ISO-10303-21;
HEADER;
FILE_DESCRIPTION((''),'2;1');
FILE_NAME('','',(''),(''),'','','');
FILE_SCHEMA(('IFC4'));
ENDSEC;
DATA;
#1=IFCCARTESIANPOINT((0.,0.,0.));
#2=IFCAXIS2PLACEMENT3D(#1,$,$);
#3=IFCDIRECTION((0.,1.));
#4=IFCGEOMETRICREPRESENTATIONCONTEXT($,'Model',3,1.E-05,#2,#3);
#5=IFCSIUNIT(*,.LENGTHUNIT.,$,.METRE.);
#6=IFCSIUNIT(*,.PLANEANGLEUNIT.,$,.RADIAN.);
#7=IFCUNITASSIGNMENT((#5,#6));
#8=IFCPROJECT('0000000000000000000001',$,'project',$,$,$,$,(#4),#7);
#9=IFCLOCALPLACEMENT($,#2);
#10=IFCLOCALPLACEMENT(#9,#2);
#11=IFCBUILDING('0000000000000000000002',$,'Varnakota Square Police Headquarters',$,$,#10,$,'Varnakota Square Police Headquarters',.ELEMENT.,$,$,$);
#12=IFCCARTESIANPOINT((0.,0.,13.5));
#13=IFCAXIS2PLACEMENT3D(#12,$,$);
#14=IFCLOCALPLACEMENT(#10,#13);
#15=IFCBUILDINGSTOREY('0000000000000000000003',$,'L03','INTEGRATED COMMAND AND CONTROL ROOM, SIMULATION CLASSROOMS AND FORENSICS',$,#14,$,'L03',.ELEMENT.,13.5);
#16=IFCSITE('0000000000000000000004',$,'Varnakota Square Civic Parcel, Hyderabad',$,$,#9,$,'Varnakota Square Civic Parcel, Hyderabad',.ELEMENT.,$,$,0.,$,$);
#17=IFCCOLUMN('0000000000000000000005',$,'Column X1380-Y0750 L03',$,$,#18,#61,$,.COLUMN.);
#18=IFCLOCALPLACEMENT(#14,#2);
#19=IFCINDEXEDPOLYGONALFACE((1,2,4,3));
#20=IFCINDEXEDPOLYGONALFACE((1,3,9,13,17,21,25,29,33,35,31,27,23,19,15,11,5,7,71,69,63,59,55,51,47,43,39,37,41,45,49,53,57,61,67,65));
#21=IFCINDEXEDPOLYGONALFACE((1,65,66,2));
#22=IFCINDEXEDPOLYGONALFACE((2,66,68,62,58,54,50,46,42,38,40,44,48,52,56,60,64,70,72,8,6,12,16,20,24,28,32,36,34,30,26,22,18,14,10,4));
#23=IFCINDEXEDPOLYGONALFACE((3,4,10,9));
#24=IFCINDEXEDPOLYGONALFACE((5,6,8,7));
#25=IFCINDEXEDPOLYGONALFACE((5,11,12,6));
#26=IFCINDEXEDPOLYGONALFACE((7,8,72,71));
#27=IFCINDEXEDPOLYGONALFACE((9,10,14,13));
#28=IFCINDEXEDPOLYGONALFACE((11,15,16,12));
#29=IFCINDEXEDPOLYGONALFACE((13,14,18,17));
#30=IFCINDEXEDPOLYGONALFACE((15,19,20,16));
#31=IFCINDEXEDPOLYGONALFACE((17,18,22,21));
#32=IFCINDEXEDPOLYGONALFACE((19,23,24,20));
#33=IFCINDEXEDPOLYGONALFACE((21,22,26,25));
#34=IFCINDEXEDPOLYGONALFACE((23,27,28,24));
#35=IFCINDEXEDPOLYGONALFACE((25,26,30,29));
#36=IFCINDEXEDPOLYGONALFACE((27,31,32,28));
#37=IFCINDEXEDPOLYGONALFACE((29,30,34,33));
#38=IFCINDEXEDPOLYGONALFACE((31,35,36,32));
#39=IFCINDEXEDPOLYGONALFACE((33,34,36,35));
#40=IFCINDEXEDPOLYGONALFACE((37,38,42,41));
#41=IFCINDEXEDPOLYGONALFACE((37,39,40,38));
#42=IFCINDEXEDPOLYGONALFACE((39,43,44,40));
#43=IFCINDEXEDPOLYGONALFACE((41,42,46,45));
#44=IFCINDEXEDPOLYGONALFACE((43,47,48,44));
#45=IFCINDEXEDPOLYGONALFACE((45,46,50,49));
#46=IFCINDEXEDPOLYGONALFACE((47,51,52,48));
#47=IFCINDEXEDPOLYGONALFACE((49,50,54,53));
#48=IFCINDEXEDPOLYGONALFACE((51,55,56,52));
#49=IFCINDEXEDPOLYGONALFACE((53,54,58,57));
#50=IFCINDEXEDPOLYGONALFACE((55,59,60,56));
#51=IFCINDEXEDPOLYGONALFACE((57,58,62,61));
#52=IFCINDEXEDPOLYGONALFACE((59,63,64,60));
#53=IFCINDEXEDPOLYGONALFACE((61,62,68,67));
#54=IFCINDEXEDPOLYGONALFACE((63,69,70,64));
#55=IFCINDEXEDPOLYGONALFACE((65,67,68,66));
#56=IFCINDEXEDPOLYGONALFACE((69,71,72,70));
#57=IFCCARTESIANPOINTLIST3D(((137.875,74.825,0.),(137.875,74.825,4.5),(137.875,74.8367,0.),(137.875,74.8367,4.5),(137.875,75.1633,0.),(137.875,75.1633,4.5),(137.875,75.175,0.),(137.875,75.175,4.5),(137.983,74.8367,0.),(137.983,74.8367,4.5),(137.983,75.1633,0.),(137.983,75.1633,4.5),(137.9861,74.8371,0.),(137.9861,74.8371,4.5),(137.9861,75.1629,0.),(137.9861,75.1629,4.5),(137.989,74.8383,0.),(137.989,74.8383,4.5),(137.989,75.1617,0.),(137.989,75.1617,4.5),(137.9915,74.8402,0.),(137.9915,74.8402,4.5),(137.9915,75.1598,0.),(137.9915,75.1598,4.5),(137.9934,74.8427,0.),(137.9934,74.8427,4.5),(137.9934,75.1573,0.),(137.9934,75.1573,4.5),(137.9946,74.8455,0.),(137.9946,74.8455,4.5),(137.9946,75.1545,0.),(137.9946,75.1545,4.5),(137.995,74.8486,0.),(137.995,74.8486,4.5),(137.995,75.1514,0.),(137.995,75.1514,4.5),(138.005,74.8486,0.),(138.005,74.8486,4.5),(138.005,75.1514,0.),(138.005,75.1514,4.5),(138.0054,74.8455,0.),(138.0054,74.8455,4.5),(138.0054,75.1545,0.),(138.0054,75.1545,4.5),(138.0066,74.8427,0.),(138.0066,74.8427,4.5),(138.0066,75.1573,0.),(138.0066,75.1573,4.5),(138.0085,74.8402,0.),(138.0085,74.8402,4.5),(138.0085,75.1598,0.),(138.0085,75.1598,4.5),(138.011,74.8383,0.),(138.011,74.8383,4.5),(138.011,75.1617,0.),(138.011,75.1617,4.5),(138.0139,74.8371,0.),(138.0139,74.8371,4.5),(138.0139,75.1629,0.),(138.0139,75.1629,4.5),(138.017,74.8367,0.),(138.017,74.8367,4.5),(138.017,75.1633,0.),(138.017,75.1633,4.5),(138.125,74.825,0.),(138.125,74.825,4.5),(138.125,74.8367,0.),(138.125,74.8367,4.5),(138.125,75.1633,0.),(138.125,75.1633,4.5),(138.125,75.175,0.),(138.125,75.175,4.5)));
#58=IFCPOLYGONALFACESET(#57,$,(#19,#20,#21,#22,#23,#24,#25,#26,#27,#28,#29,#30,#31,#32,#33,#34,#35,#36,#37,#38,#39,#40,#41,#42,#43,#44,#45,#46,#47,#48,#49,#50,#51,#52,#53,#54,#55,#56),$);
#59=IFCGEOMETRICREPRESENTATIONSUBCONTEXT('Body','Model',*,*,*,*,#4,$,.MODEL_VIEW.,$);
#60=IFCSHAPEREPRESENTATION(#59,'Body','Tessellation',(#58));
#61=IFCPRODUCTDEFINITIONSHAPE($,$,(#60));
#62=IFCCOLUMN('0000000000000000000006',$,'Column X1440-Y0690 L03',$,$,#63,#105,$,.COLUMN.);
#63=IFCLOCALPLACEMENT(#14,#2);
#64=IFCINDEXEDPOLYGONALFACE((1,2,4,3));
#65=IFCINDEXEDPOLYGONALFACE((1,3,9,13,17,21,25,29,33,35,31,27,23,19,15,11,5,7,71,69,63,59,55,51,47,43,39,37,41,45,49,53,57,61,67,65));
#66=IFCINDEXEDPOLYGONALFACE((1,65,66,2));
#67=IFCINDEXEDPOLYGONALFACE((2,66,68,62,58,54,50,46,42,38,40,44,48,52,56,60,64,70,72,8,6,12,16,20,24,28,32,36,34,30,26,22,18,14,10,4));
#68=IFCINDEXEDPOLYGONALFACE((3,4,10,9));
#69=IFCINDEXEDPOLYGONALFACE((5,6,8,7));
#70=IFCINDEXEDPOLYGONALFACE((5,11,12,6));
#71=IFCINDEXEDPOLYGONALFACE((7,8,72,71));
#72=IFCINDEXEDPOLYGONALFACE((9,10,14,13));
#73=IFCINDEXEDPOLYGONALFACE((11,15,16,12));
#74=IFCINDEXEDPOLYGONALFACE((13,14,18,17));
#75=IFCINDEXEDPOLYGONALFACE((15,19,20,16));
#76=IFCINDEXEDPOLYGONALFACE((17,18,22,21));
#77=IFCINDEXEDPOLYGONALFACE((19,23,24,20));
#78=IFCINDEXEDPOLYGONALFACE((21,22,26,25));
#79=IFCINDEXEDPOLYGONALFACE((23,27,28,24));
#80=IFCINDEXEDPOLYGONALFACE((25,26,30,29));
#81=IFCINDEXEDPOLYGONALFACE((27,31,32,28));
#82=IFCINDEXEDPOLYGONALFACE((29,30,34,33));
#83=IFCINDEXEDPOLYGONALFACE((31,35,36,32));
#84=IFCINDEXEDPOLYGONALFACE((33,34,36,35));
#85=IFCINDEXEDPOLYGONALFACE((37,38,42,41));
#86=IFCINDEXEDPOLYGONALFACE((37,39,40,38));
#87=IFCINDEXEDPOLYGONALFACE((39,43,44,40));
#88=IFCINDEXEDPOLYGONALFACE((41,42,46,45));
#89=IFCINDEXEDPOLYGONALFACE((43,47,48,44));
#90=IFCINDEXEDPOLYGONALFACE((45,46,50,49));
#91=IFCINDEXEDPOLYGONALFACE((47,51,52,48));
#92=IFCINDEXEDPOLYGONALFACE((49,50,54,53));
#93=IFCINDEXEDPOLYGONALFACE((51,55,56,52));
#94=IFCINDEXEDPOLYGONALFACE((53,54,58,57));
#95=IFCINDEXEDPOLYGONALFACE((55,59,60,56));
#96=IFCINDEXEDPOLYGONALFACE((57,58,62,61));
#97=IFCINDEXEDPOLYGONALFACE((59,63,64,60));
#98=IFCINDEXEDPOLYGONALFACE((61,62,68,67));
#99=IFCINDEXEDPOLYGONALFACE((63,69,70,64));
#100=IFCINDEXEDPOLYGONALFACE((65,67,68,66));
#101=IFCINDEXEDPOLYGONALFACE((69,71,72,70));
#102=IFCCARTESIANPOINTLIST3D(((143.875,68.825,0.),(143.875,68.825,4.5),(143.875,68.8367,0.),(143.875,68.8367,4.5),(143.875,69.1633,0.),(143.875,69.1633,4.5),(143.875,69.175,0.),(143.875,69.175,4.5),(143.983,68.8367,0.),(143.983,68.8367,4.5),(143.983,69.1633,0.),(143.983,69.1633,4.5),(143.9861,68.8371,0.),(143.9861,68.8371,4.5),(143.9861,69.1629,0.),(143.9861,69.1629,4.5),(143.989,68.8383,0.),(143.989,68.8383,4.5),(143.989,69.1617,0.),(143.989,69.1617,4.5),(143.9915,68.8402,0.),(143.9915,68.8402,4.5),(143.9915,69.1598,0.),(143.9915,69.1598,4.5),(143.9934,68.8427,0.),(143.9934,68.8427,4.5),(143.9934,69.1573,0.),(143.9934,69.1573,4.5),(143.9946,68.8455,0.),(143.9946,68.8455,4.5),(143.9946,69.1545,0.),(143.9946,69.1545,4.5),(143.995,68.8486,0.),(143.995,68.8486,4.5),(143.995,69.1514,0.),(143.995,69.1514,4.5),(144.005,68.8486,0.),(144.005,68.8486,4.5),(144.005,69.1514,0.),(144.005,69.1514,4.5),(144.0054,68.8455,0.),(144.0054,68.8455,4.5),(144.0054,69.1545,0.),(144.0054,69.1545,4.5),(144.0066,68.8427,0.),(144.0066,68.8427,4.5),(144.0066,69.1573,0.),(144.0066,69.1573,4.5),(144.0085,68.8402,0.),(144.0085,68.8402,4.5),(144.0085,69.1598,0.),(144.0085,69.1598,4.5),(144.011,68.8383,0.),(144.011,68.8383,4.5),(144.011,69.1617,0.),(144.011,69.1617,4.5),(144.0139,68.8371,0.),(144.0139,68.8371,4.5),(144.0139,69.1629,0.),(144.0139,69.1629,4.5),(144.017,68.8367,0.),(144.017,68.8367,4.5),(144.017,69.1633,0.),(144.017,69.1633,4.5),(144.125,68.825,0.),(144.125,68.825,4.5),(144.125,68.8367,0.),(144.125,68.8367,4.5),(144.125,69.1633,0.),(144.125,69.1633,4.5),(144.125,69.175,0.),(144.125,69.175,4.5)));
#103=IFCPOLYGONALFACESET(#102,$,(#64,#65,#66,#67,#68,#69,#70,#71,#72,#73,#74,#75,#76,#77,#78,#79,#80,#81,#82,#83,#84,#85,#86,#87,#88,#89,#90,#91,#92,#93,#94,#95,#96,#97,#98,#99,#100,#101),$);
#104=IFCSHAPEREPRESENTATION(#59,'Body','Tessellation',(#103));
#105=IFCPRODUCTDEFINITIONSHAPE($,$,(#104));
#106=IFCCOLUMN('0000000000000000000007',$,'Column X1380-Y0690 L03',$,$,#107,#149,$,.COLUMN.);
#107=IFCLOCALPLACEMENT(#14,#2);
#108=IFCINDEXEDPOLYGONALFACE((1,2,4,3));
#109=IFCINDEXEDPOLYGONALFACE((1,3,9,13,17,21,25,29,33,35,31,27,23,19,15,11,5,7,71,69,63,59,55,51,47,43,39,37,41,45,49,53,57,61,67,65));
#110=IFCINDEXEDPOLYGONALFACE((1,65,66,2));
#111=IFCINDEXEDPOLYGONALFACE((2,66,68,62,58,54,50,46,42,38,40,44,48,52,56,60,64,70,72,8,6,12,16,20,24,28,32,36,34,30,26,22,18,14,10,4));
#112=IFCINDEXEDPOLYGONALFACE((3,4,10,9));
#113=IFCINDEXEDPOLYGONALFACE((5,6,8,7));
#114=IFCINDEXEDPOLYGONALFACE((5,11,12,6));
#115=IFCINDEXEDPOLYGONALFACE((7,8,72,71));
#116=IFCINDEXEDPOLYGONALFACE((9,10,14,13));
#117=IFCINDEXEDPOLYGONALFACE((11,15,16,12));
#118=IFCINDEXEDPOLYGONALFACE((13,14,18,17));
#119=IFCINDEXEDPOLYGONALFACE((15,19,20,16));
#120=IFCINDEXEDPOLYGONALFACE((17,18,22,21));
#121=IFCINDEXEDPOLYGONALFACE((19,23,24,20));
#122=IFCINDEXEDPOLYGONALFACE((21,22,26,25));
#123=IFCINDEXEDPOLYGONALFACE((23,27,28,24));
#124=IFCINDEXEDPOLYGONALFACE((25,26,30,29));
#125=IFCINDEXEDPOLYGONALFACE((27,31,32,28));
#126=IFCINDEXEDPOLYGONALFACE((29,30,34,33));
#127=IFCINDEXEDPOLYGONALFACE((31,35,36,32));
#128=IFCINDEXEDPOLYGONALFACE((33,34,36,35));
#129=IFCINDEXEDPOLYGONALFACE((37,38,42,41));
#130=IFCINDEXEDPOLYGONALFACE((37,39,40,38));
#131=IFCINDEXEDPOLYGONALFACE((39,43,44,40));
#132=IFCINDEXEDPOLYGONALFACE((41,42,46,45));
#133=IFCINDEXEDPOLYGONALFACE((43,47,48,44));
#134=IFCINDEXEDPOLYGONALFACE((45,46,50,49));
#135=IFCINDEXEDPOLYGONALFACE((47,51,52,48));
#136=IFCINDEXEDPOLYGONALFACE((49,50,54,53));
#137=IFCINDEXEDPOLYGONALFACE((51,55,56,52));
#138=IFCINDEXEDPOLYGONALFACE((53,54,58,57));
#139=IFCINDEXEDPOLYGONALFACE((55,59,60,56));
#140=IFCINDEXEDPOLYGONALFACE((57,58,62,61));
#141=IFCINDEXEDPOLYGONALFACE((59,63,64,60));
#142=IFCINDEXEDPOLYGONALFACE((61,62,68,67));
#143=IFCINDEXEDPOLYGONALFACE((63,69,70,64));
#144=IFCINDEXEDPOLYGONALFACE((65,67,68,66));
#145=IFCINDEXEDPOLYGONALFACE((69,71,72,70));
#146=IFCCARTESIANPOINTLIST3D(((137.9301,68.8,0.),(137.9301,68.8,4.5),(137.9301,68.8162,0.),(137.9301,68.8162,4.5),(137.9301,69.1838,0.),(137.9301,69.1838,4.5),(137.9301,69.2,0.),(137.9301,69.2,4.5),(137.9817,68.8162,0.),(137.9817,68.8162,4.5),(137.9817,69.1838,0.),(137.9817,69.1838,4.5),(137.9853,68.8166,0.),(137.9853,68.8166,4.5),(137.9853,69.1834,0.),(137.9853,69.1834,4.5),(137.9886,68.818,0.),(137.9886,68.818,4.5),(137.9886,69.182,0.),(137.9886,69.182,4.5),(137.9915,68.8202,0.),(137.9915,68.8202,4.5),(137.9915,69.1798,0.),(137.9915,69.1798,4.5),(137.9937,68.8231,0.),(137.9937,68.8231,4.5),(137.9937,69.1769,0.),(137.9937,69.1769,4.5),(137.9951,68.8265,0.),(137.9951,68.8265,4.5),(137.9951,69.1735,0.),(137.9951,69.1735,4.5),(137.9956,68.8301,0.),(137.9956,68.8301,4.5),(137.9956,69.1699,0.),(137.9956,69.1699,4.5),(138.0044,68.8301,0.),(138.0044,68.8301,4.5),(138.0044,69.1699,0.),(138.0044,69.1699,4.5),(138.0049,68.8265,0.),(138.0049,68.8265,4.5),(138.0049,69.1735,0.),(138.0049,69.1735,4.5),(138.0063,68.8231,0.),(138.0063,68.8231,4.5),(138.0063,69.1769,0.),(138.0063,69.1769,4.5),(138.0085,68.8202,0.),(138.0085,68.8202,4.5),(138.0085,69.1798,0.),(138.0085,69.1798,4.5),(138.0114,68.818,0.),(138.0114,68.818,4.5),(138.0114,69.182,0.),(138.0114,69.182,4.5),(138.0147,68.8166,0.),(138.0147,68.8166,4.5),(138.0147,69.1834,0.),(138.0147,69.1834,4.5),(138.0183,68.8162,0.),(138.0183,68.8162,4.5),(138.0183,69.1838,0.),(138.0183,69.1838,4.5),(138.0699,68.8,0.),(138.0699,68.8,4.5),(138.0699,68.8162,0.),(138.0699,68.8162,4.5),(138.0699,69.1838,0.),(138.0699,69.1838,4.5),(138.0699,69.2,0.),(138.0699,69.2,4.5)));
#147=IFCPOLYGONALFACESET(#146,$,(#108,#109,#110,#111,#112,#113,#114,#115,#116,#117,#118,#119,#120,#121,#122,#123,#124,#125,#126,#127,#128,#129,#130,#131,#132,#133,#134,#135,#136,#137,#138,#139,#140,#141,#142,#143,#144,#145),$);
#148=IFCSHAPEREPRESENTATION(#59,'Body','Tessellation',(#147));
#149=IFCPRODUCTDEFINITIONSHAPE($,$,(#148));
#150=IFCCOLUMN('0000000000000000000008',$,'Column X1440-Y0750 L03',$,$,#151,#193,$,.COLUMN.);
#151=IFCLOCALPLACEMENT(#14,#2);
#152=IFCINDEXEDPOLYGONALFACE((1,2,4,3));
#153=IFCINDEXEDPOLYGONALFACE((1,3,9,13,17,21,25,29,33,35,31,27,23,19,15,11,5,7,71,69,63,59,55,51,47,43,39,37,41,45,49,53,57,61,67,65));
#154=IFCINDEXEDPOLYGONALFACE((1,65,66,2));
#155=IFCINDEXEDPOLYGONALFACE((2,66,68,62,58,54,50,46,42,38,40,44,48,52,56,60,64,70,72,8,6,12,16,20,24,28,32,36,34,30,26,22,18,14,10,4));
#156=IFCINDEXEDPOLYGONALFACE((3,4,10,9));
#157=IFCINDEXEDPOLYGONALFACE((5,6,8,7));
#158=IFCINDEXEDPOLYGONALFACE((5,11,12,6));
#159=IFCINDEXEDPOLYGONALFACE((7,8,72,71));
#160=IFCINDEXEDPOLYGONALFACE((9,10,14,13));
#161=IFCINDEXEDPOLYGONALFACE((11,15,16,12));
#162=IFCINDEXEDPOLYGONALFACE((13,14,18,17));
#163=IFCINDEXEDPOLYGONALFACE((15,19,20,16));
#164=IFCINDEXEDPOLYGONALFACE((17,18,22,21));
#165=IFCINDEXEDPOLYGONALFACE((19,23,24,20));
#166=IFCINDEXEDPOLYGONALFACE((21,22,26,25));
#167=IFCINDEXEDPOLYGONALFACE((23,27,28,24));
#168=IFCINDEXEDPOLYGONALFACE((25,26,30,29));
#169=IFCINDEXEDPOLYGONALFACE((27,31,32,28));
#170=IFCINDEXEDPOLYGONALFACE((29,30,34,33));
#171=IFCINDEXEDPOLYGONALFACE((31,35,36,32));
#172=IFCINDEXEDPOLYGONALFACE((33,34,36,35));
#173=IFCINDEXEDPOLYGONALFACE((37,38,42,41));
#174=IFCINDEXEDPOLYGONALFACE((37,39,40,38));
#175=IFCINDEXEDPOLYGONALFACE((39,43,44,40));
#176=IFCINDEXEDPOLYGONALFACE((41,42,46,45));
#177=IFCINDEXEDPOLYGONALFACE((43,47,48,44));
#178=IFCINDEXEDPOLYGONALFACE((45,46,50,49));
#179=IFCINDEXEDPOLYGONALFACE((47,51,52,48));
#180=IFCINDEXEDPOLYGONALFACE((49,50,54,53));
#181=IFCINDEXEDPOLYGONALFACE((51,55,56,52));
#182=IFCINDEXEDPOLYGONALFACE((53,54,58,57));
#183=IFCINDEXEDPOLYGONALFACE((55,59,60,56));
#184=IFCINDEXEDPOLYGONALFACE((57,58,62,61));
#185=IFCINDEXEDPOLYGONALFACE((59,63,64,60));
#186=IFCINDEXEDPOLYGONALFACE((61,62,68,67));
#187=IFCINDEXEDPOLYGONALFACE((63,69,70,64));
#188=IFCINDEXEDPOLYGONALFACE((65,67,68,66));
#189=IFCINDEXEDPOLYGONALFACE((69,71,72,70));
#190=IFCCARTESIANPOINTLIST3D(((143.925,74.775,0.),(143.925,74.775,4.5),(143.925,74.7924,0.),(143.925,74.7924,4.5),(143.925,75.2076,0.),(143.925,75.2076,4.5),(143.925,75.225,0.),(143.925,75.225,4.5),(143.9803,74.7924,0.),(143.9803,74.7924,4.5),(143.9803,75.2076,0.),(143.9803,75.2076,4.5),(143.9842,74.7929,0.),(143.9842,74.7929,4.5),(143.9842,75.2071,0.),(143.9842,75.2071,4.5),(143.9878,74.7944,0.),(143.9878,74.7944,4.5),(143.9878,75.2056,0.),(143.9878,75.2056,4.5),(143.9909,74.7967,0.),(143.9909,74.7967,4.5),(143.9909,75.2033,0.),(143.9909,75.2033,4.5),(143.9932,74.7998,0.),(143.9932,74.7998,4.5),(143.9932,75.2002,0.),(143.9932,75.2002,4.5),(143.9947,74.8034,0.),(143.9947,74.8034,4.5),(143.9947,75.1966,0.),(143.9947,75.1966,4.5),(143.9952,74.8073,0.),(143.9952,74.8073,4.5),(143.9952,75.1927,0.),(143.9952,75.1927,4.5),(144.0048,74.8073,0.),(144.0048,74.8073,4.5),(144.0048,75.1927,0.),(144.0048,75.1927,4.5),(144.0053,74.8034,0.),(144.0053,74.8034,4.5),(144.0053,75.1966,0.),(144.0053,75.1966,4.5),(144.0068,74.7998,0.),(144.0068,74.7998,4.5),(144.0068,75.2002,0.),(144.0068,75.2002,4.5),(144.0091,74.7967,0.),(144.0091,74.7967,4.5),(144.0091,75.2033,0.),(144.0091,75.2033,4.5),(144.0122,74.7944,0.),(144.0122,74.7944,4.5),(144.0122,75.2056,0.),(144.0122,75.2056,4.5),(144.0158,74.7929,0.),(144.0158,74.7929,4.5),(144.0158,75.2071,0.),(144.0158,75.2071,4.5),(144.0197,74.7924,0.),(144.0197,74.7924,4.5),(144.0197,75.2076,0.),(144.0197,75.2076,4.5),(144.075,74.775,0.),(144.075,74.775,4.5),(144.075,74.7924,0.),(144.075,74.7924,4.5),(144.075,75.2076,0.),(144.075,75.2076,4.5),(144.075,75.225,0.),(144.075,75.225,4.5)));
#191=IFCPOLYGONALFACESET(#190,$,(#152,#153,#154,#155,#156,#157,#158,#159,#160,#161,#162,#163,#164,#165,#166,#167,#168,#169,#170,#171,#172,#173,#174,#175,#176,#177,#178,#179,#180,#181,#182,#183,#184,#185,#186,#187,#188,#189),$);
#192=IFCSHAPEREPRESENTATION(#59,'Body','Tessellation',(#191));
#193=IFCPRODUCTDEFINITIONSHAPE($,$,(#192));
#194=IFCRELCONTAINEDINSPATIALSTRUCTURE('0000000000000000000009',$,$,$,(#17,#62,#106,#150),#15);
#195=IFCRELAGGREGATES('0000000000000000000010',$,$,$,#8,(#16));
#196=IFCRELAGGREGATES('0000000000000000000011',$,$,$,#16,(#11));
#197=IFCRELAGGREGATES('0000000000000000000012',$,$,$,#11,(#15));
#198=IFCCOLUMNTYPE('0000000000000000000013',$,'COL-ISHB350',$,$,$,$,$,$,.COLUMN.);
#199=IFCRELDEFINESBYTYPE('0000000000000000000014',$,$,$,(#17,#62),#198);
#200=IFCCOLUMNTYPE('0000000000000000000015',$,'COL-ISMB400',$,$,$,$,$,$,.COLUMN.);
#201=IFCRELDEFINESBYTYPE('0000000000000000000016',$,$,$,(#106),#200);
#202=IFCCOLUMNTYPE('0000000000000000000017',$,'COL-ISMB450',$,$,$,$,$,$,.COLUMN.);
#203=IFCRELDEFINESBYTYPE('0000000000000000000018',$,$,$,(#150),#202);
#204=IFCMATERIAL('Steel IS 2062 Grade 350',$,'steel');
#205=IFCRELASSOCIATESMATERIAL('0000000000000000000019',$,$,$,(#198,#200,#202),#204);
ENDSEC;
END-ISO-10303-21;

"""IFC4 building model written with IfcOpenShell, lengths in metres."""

from ifc_helpers import new_model, si_unit, direction, frame, origin, origin_2d, place, context, subcontext, project, spatial, i_section, extrude, material, material_profile, profile_set, type_object, element, save


model = new_model("IFC4")

# Units and contexts
model_context = context("Model", 3, precision=1e-05, world=origin(), true_north=direction((0.0, 1.0)))
body_context = subcontext(model_context, "Body", "Model", "MODEL_VIEW")
ifc_project = project(units=[si_unit("LENGTHUNIT", "METRE"), si_unit("PLANEANGLEUNIT", "RADIAN")], contexts=[model_context])

# Site, building, storey
site_placement = place(None, origin())
site = spatial("IfcSite", under=ifc_project, at=site_placement, Name="Varnakota Square Civic Parcel, Hyderabad", LongName="Varnakota Square Civic Parcel, Hyderabad", CompositionType="ELEMENT", RefElevation=0.0)
building_placement = place(site_placement, origin())
building = spatial("IfcBuilding", under=site, at=building_placement, Name="Varnakota Square Police Headquarters", LongName="Varnakota Square Police Headquarters", CompositionType="ELEMENT")
storey_placement = place(building_placement, frame((0.0, 0.0, 13.5)))
storey = spatial("IfcBuildingStorey", under=building, at=storey_placement, Name="L03", Description="INTEGRATED COMMAND AND CONTROL ROOM, SIMULATION CLASSROOMS AND FORENSICS", LongName="L03", CompositionType="ELEMENT", Elevation=13.5)

# Columns
ifc_material_1 = material(Name="Steel IS 2062 Grade 350", Category="steel")
ifc_material_profile_1 = material_profile(ifc_material_1, i_section(OverallWidth=0.25, OverallDepth=0.3501, WebThickness=0.01, FlangeThickness=0.0117, FilletRadius=0.012, at=origin_2d()), Name="ISHB 350")
ifc_profile_set_1 = profile_set([ifc_material_profile_1], Name="Steel IS 2062 Grade 350")
column_type_1 = type_object("IfcColumnType", Name="COL-ISHB350", PredefinedType="COLUMN", material=ifc_profile_set_1)
for number, where, z_axis, x_axis, name in (
    (1, (138.0, 75.0, 0.0), (0.0, 0.0, 1.0), (1.0, 0.0, 0.0), "Column X1380-Y0750 L03"),
    (2, (144.0, 69.0, 0.0), (0.0, 0.0, 1.0), (1.0, 0.0, 0.0), "Column X1440-Y0690 L03"),
):
    element("IfcColumn", number, at=place(storey_placement, frame(where, z_axis=z_axis, x_axis=x_axis)), inside=storey, type_object=column_type_1, Name=name, PredefinedType="COLUMN", context=body_context, shape_type="SweptSolid", body=[
        extrude(i_section(OverallWidth=0.25, OverallDepth=0.3501, WebThickness=0.01, FlangeThickness=0.0117, FilletRadius=0.012, at=origin_2d()), origin(), (0.0, 0.0, 1.0), 4.5),
    ])
ifc_material_profile_2 = material_profile(ifc_material_1, i_section(OverallWidth=0.1399, OverallDepth=0.3999, WebThickness=0.0088, FlangeThickness=0.0161, FilletRadius=0.0139, at=origin_2d()), Name="ISMB 400")
ifc_profile_set_2 = profile_set([ifc_material_profile_2], Name="Steel IS 2062 Grade 350")
column_type_2 = type_object("IfcColumnType", Name="COL-ISMB400", PredefinedType="COLUMN", material=ifc_profile_set_2)
column_1_placement = place(storey_placement, frame((138.0, 69.0, 0.0), z_axis=(0.0, 0.0, 1.0), x_axis=(1.0, 0.0, 0.0)))
element("IfcColumn", 3, at=column_1_placement, inside=storey, type_object=column_type_2, Name="Column X1380-Y0690 L03", PredefinedType="COLUMN", context=body_context, shape_type="SweptSolid", body=[
    extrude(i_section(OverallWidth=0.1399, OverallDepth=0.3999, WebThickness=0.0088, FlangeThickness=0.0161, FilletRadius=0.0139, at=origin_2d()), origin(), (0.0, 0.0, 1.0), 4.5),
])
ifc_material_profile_3 = material_profile(ifc_material_1, i_section(OverallWidth=0.1499, OverallDepth=0.45, WebThickness=0.0095, FlangeThickness=0.0173, FilletRadius=0.0149, at=origin_2d()), Name="ISMB 450")
ifc_profile_set_3 = profile_set([ifc_material_profile_3], Name="Steel IS 2062 Grade 350")
column_type_3 = type_object("IfcColumnType", Name="COL-ISMB450", PredefinedType="COLUMN", material=ifc_profile_set_3)
column_2_placement = place(storey_placement, frame((144.0, 75.0, 0.0), z_axis=(0.0, 0.0, 1.0), x_axis=(1.0, 0.0, 0.0)))
element("IfcColumn", 4, at=column_2_placement, inside=storey, type_object=column_type_3, Name="Column X1440-Y0750 L03", PredefinedType="COLUMN", context=body_context, shape_type="SweptSolid", body=[
    extrude(i_section(OverallWidth=0.1499, OverallDepth=0.45, WebThickness=0.0095, FlangeThickness=0.0173, FilletRadius=0.0149, at=origin_2d()), origin(), (0.0, 0.0, 1.0), 4.5),
])

save(model, "model.ifc")
